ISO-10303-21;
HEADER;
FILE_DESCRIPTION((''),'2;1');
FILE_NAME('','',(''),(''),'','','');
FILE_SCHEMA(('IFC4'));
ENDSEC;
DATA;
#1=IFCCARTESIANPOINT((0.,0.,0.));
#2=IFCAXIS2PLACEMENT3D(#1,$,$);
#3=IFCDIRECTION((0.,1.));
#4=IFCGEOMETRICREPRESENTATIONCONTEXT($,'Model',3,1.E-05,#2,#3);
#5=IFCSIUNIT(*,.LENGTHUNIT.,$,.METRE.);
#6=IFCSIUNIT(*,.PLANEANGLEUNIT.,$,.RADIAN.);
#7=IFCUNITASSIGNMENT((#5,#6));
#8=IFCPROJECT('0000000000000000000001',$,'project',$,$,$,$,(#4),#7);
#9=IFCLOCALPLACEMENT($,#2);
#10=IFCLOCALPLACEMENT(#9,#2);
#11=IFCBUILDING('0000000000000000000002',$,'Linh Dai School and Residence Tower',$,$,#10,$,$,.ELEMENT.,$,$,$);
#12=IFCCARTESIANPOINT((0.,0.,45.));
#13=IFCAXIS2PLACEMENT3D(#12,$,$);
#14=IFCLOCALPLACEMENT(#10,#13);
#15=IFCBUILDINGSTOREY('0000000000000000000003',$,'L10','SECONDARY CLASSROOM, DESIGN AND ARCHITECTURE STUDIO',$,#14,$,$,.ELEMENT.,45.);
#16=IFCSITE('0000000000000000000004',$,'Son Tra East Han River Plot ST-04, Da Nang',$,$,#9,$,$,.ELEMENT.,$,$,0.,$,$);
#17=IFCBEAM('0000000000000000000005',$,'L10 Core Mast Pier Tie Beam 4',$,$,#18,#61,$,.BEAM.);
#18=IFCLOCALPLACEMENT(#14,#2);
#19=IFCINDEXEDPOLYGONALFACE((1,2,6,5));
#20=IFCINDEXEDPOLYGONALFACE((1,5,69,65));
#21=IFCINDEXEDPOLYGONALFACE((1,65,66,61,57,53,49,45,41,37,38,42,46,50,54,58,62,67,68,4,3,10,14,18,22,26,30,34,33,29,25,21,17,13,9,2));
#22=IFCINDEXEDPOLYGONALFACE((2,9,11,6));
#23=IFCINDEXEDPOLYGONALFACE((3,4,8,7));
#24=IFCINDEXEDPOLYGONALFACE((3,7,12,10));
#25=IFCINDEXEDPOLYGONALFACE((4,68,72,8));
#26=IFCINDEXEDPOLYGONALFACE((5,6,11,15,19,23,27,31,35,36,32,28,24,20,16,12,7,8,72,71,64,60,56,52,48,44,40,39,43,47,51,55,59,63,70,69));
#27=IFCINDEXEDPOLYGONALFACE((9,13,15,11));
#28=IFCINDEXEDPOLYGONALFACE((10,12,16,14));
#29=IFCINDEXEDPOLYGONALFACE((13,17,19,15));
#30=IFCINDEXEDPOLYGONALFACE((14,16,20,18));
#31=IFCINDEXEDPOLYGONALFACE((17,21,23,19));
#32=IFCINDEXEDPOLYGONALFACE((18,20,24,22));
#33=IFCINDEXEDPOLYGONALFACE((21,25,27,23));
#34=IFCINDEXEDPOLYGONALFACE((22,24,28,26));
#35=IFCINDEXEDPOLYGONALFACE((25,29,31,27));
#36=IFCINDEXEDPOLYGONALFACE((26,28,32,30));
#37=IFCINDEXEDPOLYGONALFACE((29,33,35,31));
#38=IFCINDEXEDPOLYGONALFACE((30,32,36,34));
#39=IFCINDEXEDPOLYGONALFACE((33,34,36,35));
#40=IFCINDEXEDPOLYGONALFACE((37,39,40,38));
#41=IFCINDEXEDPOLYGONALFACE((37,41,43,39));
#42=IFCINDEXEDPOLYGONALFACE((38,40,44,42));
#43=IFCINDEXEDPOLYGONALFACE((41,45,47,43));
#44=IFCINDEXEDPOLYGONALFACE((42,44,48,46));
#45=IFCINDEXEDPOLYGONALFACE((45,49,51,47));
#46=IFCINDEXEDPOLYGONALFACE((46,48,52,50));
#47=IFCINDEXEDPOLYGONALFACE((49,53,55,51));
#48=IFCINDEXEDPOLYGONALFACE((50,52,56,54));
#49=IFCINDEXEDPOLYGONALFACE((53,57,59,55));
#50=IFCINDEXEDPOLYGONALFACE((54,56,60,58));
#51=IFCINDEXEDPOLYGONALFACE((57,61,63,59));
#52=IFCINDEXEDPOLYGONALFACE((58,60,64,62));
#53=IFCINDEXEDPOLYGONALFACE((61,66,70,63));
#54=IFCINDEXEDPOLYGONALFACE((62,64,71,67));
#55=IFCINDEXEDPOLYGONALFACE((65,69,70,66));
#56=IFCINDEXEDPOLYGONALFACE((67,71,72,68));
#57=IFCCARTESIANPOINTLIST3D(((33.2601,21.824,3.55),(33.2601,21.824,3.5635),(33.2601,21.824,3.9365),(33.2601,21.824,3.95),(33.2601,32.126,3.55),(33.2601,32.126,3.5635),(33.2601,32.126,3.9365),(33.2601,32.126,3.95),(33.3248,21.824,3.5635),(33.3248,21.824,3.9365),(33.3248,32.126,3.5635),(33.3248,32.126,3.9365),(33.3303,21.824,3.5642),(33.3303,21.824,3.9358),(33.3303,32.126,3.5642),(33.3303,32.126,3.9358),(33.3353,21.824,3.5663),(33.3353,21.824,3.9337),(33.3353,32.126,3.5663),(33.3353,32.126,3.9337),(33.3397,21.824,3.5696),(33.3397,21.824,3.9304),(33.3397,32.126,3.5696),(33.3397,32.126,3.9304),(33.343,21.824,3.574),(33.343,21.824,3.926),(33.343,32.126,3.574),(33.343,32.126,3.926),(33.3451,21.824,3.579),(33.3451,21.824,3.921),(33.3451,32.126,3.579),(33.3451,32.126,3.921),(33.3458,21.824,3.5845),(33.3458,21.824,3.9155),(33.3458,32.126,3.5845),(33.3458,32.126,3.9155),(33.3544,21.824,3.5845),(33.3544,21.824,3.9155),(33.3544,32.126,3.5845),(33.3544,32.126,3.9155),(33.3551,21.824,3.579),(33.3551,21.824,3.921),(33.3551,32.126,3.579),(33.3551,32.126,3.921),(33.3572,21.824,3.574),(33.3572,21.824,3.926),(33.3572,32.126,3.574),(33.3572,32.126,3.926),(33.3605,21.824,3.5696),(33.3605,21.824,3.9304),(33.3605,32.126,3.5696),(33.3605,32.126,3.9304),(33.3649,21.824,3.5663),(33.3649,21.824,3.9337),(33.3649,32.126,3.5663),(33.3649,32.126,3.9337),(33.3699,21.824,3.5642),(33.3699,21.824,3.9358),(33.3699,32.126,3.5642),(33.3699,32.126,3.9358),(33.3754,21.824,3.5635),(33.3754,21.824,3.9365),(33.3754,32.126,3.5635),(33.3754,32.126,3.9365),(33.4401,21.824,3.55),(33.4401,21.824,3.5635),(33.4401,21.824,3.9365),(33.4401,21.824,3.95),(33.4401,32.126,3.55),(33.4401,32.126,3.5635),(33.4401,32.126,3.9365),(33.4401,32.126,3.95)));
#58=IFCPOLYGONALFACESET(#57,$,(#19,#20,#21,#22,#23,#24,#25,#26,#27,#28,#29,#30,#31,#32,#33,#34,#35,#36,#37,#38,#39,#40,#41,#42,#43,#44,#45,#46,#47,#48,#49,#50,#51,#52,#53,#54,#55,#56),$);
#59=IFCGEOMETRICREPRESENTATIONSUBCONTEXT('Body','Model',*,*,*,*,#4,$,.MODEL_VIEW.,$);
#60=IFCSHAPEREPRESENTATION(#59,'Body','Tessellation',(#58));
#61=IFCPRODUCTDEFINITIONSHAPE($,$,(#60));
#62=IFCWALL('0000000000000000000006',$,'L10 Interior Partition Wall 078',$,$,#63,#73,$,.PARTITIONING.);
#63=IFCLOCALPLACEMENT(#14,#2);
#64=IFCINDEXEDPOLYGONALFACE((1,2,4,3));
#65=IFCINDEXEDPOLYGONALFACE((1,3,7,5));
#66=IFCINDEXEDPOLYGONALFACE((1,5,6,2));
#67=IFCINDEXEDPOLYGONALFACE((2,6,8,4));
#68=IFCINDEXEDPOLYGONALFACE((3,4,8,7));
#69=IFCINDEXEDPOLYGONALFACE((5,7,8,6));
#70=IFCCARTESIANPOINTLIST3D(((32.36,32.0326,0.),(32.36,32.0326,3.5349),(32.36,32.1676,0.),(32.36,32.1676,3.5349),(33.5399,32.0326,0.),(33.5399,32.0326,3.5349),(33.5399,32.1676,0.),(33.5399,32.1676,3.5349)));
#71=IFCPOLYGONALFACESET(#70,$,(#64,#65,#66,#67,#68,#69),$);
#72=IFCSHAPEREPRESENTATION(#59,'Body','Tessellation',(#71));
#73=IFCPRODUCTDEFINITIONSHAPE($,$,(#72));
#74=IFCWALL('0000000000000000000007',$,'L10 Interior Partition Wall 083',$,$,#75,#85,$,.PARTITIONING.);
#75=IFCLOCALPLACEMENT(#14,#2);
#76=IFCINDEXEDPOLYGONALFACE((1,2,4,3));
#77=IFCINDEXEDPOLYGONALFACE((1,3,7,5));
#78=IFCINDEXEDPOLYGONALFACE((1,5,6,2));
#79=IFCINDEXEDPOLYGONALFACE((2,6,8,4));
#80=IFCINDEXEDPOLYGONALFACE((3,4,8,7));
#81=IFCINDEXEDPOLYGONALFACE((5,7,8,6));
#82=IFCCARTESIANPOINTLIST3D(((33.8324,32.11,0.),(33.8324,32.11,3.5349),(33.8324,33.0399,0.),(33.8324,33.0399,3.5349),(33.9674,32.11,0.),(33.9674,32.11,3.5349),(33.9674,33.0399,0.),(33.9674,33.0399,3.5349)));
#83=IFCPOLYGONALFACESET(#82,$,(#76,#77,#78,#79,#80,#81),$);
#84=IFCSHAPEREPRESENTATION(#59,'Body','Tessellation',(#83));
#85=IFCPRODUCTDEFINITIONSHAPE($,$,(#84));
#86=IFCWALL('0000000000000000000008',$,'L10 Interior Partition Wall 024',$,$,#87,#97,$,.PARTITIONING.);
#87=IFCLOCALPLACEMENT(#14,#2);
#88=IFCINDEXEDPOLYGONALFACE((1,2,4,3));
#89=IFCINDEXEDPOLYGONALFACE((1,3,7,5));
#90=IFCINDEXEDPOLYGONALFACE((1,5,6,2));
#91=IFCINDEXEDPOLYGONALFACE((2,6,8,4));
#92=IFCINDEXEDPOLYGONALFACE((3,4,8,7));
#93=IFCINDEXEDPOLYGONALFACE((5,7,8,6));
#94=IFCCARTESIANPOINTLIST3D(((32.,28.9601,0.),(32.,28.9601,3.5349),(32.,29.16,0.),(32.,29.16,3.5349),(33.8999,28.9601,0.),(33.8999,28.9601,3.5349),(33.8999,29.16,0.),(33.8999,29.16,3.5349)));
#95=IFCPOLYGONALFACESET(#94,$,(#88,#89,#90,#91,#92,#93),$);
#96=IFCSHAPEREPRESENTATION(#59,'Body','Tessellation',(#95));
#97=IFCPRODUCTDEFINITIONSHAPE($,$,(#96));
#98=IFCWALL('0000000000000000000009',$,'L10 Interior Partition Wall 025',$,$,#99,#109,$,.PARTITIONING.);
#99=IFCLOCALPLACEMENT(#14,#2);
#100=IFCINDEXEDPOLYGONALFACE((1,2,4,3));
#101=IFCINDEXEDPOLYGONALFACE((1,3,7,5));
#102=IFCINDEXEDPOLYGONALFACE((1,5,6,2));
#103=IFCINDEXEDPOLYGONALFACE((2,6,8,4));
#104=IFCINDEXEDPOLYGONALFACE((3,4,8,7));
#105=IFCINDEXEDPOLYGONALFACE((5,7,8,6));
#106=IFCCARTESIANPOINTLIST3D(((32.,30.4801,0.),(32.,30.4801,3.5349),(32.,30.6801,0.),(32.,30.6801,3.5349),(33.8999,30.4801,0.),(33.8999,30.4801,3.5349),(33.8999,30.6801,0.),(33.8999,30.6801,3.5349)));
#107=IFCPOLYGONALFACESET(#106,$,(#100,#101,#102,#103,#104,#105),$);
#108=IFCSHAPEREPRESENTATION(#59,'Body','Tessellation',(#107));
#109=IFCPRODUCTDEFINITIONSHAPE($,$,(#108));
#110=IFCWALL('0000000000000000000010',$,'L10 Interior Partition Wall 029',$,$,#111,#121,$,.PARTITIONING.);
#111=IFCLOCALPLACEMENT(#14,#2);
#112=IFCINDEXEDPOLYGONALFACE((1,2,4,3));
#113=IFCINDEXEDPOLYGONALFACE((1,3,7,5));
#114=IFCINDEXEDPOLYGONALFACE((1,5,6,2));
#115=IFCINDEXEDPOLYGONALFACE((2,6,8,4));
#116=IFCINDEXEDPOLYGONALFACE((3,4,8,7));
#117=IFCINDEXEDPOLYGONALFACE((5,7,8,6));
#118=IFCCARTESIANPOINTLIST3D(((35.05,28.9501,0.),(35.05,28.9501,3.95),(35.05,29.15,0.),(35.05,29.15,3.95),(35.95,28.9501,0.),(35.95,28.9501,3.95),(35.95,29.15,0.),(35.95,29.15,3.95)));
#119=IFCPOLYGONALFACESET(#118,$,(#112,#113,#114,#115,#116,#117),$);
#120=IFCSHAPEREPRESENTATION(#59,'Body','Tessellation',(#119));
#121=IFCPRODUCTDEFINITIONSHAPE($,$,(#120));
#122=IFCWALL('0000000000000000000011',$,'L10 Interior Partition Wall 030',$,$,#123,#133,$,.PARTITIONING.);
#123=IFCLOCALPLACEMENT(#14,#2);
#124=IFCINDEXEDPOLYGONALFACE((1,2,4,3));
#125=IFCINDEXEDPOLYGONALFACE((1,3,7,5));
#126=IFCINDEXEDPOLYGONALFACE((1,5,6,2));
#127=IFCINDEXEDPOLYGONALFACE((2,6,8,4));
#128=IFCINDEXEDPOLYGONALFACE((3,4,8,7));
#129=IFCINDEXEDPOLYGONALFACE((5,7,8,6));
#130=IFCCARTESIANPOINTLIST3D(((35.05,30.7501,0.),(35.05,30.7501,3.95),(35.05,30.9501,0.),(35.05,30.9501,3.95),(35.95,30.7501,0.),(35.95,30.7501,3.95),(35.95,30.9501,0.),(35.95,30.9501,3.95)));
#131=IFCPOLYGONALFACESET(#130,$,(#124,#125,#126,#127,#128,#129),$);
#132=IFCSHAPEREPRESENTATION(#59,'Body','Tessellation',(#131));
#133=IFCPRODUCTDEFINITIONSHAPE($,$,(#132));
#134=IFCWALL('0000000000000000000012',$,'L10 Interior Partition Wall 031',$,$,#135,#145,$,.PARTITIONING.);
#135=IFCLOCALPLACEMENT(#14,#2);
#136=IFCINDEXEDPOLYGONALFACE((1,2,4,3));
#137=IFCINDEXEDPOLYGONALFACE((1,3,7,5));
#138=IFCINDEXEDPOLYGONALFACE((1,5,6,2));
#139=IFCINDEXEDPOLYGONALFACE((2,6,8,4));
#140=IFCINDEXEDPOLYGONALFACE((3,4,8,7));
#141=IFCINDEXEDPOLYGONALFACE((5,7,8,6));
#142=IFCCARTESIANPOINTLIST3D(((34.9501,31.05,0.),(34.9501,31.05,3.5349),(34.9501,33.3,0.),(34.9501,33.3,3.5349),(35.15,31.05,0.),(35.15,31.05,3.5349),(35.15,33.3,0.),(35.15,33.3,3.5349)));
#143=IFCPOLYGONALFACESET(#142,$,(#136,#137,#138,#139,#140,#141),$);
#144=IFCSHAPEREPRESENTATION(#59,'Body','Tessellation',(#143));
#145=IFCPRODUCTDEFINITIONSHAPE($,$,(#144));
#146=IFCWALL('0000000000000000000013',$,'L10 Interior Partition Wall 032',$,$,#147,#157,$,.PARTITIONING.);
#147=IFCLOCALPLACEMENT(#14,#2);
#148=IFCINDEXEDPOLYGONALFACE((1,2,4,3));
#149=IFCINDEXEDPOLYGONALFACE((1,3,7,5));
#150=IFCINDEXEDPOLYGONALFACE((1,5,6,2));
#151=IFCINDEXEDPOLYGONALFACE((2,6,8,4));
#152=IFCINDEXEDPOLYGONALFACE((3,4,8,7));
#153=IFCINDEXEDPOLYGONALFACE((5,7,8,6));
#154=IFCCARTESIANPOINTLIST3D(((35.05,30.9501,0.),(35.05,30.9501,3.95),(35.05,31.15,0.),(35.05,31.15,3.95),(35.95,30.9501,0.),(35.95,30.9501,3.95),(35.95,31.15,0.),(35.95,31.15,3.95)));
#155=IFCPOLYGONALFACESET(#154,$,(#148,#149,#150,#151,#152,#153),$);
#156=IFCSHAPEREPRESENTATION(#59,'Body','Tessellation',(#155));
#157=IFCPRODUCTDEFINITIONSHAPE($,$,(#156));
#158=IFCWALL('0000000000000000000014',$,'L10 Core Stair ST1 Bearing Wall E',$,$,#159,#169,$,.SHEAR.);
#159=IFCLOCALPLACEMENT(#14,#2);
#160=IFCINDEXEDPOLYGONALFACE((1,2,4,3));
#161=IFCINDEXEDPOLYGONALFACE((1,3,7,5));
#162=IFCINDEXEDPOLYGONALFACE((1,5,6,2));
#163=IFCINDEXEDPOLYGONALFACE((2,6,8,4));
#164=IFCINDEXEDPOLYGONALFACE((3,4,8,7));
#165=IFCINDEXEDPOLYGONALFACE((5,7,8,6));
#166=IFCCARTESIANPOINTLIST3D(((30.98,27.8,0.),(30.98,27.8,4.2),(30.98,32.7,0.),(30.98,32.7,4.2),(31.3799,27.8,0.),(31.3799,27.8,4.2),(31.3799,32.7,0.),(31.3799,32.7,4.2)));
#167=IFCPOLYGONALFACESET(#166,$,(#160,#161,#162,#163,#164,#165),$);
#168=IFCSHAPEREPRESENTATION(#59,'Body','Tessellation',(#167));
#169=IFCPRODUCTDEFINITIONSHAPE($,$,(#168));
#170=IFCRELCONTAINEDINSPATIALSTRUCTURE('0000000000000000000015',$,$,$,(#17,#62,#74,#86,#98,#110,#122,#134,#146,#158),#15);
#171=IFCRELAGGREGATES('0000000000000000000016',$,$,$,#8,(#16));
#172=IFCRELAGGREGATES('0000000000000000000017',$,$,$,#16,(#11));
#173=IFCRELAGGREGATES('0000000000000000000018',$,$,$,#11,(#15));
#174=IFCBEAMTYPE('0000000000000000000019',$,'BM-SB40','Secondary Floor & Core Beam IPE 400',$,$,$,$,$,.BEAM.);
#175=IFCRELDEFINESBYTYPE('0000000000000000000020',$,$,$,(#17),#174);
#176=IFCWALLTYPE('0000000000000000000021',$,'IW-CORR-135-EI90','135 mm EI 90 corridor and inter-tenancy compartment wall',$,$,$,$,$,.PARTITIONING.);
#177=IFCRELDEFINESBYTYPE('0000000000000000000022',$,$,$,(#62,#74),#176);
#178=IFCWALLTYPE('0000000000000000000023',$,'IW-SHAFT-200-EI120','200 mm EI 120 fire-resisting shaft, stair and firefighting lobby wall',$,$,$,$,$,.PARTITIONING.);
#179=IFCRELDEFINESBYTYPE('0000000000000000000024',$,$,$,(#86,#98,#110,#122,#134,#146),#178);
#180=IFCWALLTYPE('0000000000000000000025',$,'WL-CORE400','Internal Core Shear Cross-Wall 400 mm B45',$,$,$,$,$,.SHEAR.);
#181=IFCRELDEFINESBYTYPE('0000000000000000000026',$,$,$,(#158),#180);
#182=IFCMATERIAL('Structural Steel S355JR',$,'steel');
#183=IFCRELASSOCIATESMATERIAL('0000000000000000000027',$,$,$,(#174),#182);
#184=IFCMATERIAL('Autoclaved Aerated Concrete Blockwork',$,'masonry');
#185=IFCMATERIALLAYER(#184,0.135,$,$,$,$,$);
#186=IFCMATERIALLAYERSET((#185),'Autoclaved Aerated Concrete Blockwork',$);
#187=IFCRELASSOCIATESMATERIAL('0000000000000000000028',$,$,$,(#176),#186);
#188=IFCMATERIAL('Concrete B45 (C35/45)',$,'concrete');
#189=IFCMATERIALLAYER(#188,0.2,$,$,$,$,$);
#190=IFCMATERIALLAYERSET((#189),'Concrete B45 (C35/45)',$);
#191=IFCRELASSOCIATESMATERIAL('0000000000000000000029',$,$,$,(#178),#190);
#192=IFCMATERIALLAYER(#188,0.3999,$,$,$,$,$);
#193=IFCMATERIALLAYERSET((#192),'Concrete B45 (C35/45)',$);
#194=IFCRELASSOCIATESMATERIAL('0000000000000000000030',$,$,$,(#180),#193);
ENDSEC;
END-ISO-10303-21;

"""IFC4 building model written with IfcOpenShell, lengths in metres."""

from ifc_helpers import new_model, si_unit, direction, frame, frame_2d, origin, origin_2d, place, context, subcontext, project, spatial, rectangle, i_section, extrude, material, layer, layer_set, material_profile, profile_set, type_object, element, save


model = new_model("IFC4")

# Units and contexts
model_context = context("Model", 3, precision=1e-05, world=origin(), true_north=direction((0.0, 1.0)))
body_context = subcontext(model_context, "Body", "Model", "MODEL_VIEW")
ifc_project = project(units=[si_unit("LENGTHUNIT", "METRE"), si_unit("PLANEANGLEUNIT", "RADIAN")], contexts=[model_context])

# Site, building, storey
site_placement = place(None, origin())
site = spatial("IfcSite", under=ifc_project, at=site_placement, Name="Son Tra East Han River Plot ST-04, Da Nang", CompositionType="ELEMENT", RefElevation=0.0)
building_placement = place(site_placement, origin())
building = spatial("IfcBuilding", under=site, at=building_placement, Name="Linh Dai School and Residence Tower", CompositionType="ELEMENT")
storey_placement = place(building_placement, frame((0.0, 0.0, 45.0)))
storey = spatial("IfcBuildingStorey", under=building, at=storey_placement, Name="L10", Description="SECONDARY CLASSROOM, DESIGN AND ARCHITECTURE STUDIO", CompositionType="ELEMENT", Elevation=45.0)

# Shared definitions
ifc_material_1 = material(Name="Structural Steel S355JR", Category="steel")

# Beam
ifc_material_profile_1 = material_profile(ifc_material_1, i_section(OverallWidth=0.1799, OverallDepth=0.3999, WebThickness=0.0085, FlangeThickness=0.0134, FilletRadius=0.021, at=origin_2d()), Name="IPE 400")
ifc_profile_set_1 = profile_set([ifc_material_profile_1], Name="Structural Steel S355JR")
beam_type_1 = type_object("IfcBeamType", Name="BM-SB40", Description="Secondary Floor & Core Beam IPE 400", PredefinedType="BEAM", material=ifc_profile_set_1)
beam_1_placement = place(storey_placement, frame((33.3501, 32.126, 3.75), z_axis=(0.0, -1.0, 0.0), x_axis=(1.0, 0.0, 0.0)))
element("IfcBeam", 1, at=beam_1_placement, inside=storey, type_object=beam_type_1, Name="L10 Core Mast Pier Tie Beam 4", PredefinedType="BEAM", context=body_context, shape_type="SweptSolid", body=[
    extrude(i_section(OverallWidth=0.1799, OverallDepth=0.3999, WebThickness=0.0085, FlangeThickness=0.0134, FilletRadius=0.021, at=origin_2d()), origin(), (0.0, 0.0, 1.0), 10.302),
])

# Walls
ifc_material_2 = material(Name="Autoclaved Aerated Concrete Blockwork", Category="masonry")
ifc_layer_1 = layer(ifc_material_2, 0.135)
ifc_layer_set_1 = layer_set([ifc_layer_1], Name="Autoclaved Aerated Concrete Blockwork")
wall_type_1 = type_object("IfcWallType", Name="IW-CORR-135-EI90", Description="135 mm EI 90 corridor and inter-tenancy compartment wall", PredefinedType="PARTITIONING", material=ifc_layer_set_1)
wall_1_placement = place(storey_placement, frame((32.3601, 32.1001, 0.0), z_axis=(0.0, 0.0, 1.0), x_axis=(1.0, 0.0, 0.0)))
element("IfcWall", 2, at=wall_1_placement, inside=storey, type_object=wall_type_1, Name="L10 Interior Partition Wall 078", PredefinedType="PARTITIONING", context=body_context, shape_type="SweptSolid", body=[
    extrude(rectangle(XDim=1.1799, YDim=0.135, at=frame_2d((0.5898, 0.0))), origin(), (0.0, 0.0, 1.0), 3.5349),
])
wall_2_placement = place(storey_placement, frame((33.8999, 32.1101, 0.0), z_axis=(0.0, 0.0, 1.0), x_axis=(0.0, 1.0, 0.0)))
element("IfcWall", 3, at=wall_2_placement, inside=storey, type_object=wall_type_1, Name="L10 Interior Partition Wall 083", PredefinedType="PARTITIONING", context=body_context, shape_type="SweptSolid", body=[
    extrude(rectangle(XDim=0.9299, YDim=0.135, at=frame_2d((0.4648, 0.0))), origin(), (0.0, 0.0, 1.0), 3.5349),
])

# Shared definitions
ifc_material_3 = material(Name="Concrete B45 (C35/45)", Category="concrete")
ifc_layer_2 = layer(ifc_material_3, 0.2)
ifc_layer_set_2 = layer_set([ifc_layer_2], Name="Concrete B45 (C35/45)")
wall_type_2 = type_object("IfcWallType", Name="IW-SHAFT-200-EI120", Description="200 mm EI 120 fire-resisting shaft, stair and firefighting lobby wall", PredefinedType="PARTITIONING", material=ifc_layer_set_2)

# Walls
for number, where, z_axis, x_axis, name in (
    (4, (32.0, 29.0601, 0.0), (0.0, 0.0, 1.0), (1.0, 0.0, 0.0), "L10 Interior Partition Wall 024"),
    (5, (32.0, 30.5801, 0.0), (0.0, 0.0, 1.0), (1.0, 0.0, 0.0), "L10 Interior Partition Wall 025"),
):
    element("IfcWall", number, at=place(storey_placement, frame(where, z_axis=z_axis, x_axis=x_axis)), inside=storey, type_object=wall_type_2, Name=name, PredefinedType="PARTITIONING", context=body_context, shape_type="SweptSolid", body=[
        extrude(rectangle(XDim=1.8999, YDim=0.2, at=frame_2d((0.95, 0.0))), origin(), (0.0, 0.0, 1.0), 3.5349),
    ])
for number, where, z_axis, x_axis, name in (
    (6, (35.05, 29.05, 0.0), (0.0, 0.0, 1.0), (1.0, 0.0, 0.0), "L10 Interior Partition Wall 029"),
    (7, (35.05, 30.8501, 0.0), (0.0, 0.0, 1.0), (1.0, 0.0, 0.0), "L10 Interior Partition Wall 030"),
):
    element("IfcWall", number, at=place(storey_placement, frame(where, z_axis=z_axis, x_axis=x_axis)), inside=storey, type_object=wall_type_2, Name=name, PredefinedType="PARTITIONING", context=body_context, shape_type="SweptSolid", body=[
        extrude(rectangle(XDim=0.8999, YDim=0.2, at=frame_2d((0.45, 0.0))), origin(), (0.0, 0.0, 1.0), 3.95),
    ])
wall_3_placement = place(storey_placement, frame((35.05, 31.05, 0.0), z_axis=(0.0, 0.0, 1.0), x_axis=(0.0, 1.0, 0.0)))
element("IfcWall", 8, at=wall_3_placement, inside=storey, type_object=wall_type_2, Name="L10 Interior Partition Wall 031", PredefinedType="PARTITIONING", context=body_context, shape_type="SweptSolid", body=[
    extrude(rectangle(XDim=2.25, YDim=0.2, at=frame_2d((1.125, 0.0))), origin(), (0.0, 0.0, 1.0), 3.5349),
])
wall_4_placement = place(storey_placement, frame((35.05, 31.05, 0.0), z_axis=(0.0, 0.0, 1.0), x_axis=(1.0, 0.0, 0.0)))
element("IfcWall", 9, at=wall_4_placement, inside=storey, type_object=wall_type_2, Name="L10 Interior Partition Wall 032", PredefinedType="PARTITIONING", context=body_context, shape_type="SweptSolid", body=[
    extrude(rectangle(XDim=0.8999, YDim=0.2, at=frame_2d((0.45, 0.0))), origin(), (0.0, 0.0, 1.0), 3.95),
])

# Wall
ifc_layer_3 = layer(ifc_material_3, 0.3999)
ifc_layer_set_3 = layer_set([ifc_layer_3], Name="Concrete B45 (C35/45)")
wall_type_3 = type_object("IfcWallType", Name="WL-CORE400", Description="Internal Core Shear Cross-Wall 400 mm B45", PredefinedType="SHEAR", material=ifc_layer_set_3)
wall_5_placement = place(storey_placement, frame((31.1799, 27.8, 0.0), z_axis=(0.0, 0.0, 1.0), x_axis=(0.0, 1.0, 0.0)))
element("IfcWall", 10, at=wall_5_placement, inside=storey, type_object=wall_type_3, Name="L10 Core Stair ST1 Bearing Wall E", PredefinedType="SHEAR", context=body_context, shape_type="SweptSolid", body=[
    extrude(rectangle(XDim=4.8999, YDim=0.3999, at=frame_2d((2.45, 0.0))), origin(), (0.0, 0.0, 1.0), 4.2),
])

save(model, "model.ifc")
